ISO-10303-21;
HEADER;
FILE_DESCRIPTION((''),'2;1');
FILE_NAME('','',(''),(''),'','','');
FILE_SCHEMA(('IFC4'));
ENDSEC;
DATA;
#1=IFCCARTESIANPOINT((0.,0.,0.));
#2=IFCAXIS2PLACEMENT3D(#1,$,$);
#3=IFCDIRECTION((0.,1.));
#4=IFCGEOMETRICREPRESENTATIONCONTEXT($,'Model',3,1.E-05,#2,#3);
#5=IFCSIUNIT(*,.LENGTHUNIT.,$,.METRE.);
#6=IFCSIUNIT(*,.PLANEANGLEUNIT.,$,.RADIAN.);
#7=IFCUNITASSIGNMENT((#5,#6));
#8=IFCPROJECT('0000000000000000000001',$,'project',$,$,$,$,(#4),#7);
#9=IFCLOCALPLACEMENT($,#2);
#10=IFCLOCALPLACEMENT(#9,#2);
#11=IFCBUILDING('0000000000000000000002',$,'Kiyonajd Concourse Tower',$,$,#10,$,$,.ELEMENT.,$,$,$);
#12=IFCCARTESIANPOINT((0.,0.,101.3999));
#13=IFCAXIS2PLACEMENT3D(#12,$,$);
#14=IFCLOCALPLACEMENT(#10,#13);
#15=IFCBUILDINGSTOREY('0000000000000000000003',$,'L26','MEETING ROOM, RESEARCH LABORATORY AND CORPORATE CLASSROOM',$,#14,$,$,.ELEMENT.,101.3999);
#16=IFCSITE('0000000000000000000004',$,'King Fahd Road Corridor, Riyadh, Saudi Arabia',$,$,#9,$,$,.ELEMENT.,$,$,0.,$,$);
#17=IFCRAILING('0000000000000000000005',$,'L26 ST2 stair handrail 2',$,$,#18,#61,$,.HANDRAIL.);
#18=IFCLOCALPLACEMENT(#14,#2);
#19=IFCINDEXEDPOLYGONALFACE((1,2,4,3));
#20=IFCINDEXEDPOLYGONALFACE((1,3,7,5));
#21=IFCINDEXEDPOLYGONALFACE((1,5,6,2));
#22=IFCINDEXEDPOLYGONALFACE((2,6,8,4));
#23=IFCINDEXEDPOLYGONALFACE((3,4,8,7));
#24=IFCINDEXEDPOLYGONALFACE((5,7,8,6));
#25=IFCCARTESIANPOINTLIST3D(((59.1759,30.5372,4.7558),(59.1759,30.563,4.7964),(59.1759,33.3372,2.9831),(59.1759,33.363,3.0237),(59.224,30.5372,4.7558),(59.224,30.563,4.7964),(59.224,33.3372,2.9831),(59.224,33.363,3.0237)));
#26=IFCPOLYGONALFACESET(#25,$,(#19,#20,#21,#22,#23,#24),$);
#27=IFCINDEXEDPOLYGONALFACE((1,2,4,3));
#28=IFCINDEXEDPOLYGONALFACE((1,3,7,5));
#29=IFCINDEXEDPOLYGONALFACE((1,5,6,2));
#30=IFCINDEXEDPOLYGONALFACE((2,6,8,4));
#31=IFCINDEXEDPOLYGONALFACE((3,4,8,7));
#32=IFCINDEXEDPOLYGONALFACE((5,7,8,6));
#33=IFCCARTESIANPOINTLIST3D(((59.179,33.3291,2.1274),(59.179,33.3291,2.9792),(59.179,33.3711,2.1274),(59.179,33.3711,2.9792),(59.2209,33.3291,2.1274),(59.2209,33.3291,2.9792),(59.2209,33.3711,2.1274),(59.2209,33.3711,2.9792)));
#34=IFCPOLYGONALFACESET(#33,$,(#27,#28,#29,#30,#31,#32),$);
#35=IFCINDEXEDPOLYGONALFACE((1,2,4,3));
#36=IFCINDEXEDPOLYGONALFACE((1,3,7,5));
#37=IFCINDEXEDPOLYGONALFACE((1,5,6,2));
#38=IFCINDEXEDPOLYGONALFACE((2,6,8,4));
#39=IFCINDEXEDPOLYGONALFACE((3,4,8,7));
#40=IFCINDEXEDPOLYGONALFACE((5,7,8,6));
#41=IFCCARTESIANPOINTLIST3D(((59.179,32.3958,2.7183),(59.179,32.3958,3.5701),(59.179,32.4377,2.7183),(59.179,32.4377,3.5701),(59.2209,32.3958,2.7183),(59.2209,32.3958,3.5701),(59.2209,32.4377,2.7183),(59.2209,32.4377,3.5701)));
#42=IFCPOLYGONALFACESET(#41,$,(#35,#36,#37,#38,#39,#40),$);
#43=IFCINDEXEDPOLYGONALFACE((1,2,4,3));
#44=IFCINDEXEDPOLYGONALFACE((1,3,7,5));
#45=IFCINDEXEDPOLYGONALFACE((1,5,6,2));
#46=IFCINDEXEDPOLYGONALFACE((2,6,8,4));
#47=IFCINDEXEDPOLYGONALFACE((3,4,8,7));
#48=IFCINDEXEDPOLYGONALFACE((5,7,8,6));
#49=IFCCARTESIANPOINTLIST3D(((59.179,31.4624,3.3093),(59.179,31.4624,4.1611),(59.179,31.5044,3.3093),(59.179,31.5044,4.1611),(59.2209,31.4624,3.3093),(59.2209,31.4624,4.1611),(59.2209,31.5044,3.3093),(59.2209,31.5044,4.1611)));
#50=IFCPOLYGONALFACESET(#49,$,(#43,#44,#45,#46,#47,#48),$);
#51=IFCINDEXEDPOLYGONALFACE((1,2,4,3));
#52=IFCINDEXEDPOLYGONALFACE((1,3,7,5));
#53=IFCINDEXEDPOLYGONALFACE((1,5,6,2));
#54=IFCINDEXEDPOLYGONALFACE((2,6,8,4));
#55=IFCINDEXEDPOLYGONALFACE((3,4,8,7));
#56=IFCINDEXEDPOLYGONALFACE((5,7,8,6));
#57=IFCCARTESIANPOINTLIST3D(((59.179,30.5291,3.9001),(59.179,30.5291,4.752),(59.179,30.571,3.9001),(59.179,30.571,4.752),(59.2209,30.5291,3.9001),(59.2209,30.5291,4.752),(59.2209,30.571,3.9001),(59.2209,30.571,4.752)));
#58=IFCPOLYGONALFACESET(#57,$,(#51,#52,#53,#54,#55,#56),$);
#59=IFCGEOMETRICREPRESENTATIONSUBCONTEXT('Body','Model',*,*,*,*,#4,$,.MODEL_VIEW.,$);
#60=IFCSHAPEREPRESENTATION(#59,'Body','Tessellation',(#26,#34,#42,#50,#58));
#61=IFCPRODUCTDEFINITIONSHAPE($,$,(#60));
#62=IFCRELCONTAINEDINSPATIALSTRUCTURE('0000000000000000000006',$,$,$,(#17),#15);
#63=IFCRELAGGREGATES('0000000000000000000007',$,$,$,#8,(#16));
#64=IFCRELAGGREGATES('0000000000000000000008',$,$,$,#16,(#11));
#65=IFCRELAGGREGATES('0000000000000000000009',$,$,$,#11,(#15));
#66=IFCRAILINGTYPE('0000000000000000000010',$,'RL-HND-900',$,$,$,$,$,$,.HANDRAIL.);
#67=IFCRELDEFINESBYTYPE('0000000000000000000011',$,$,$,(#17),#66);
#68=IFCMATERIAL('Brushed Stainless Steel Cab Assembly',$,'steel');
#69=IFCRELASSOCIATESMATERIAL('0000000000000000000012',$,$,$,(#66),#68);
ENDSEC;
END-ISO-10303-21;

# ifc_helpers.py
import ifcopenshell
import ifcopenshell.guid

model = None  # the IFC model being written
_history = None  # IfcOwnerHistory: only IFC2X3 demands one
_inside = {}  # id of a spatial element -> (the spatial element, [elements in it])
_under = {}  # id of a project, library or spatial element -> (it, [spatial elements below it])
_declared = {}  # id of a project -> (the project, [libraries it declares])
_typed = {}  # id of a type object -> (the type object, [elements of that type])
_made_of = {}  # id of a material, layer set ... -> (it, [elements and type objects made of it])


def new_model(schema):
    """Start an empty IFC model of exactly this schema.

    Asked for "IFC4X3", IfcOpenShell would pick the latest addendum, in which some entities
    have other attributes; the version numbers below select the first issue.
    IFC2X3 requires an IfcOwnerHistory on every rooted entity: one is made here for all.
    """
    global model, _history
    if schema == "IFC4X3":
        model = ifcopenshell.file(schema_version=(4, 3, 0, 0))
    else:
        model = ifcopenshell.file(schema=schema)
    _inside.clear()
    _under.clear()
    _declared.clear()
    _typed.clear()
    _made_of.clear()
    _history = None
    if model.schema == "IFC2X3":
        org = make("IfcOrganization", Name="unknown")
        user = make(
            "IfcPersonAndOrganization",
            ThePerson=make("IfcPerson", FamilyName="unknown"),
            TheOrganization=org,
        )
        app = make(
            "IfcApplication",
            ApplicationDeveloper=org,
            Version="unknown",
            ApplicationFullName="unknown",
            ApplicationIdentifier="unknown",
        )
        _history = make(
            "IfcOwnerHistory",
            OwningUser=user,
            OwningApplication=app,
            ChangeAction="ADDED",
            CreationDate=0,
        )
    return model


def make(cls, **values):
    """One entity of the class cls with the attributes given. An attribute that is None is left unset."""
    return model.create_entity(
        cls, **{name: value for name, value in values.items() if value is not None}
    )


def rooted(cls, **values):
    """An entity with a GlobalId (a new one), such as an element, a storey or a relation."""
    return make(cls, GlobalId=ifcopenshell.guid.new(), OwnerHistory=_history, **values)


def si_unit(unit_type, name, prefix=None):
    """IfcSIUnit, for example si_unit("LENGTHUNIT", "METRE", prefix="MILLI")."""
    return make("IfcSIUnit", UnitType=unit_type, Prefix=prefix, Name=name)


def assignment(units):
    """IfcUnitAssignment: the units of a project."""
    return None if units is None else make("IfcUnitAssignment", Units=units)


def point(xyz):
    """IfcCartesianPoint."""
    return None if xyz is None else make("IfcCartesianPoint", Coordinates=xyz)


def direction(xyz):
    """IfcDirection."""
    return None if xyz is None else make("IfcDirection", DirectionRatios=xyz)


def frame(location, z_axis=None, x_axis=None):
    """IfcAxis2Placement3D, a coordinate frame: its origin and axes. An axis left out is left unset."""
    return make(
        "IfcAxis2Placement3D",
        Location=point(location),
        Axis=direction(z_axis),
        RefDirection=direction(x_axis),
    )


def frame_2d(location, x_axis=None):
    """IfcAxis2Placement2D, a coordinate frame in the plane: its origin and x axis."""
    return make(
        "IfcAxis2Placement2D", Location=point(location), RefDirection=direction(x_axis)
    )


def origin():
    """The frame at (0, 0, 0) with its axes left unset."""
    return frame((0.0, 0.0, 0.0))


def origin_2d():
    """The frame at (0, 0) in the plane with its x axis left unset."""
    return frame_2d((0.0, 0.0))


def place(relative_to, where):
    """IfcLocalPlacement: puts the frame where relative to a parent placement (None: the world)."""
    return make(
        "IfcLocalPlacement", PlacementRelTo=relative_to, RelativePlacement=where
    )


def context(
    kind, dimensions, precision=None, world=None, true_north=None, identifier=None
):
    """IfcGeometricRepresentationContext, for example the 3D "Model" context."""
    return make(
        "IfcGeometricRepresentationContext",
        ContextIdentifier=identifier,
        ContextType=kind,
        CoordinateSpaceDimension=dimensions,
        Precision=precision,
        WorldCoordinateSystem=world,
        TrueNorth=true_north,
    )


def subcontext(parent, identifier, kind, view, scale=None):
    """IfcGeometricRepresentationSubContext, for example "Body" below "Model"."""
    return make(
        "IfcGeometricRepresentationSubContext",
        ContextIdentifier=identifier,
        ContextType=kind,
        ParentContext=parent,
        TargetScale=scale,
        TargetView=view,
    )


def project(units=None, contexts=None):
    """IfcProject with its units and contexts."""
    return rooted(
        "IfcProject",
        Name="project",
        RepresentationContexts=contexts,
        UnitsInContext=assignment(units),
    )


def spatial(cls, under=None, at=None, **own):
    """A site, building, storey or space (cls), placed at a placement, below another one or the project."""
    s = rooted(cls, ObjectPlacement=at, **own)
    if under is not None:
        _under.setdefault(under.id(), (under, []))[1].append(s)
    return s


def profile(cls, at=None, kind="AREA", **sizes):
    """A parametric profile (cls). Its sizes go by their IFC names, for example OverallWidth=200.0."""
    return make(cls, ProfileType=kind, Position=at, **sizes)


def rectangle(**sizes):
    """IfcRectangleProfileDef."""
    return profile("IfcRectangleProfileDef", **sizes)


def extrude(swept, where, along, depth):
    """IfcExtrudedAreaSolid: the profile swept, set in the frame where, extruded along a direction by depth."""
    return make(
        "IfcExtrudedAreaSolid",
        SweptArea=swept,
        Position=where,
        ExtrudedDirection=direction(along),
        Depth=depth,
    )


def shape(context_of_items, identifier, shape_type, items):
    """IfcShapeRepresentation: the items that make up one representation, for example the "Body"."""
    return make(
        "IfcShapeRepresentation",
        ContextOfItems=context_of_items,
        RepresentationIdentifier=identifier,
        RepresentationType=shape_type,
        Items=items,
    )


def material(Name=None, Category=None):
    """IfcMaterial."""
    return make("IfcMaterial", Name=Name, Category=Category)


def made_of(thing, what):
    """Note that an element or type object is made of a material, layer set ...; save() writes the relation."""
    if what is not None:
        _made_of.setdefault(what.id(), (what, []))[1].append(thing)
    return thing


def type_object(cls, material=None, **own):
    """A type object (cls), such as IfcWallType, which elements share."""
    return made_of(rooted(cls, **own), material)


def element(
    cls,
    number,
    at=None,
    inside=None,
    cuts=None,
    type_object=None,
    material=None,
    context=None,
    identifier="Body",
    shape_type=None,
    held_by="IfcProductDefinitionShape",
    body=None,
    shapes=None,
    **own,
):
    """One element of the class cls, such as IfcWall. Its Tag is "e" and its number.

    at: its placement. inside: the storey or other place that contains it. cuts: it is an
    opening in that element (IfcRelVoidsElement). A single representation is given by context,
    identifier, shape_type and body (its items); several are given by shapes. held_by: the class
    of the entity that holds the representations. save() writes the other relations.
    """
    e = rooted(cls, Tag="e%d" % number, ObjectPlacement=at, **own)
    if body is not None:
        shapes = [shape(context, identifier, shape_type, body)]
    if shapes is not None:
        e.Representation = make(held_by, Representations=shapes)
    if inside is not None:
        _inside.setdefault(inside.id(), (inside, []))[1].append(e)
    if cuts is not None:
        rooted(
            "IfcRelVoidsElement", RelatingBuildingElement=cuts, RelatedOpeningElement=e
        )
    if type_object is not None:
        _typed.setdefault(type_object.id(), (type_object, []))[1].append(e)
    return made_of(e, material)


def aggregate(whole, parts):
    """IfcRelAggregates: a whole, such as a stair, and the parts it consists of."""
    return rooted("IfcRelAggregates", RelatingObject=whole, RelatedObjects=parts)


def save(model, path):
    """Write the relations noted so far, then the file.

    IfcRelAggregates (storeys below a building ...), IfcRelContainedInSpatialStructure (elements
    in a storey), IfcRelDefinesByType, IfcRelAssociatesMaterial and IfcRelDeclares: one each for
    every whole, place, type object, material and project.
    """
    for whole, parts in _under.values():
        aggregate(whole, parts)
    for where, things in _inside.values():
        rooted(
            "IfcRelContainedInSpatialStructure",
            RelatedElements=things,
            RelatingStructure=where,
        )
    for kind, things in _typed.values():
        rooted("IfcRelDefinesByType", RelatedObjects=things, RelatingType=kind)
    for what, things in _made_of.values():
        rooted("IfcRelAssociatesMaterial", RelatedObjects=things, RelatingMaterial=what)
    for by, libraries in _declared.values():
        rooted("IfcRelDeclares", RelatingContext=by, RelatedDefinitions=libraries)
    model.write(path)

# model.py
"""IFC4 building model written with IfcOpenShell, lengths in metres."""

from ifc_helpers import new_model, si_unit, direction, frame, origin, origin_2d, place, context, subcontext, project, spatial, rectangle, extrude, material, type_object, element, save


model = new_model("IFC4")

# Units and contexts
model_context = context("Model", 3, precision=1e-05, world=origin(), true_north=direction((0.0, 1.0)))
body_context = subcontext(model_context, "Body", "Model", "MODEL_VIEW")
ifc_project = project(units=[si_unit("LENGTHUNIT", "METRE"), si_unit("PLANEANGLEUNIT", "RADIAN")], contexts=[model_context])

# Site, building, storey
site_placement = place(None, origin())
site = spatial("IfcSite", under=ifc_project, at=site_placement, Name="King Fahd Road Corridor, Riyadh, Saudi Arabia", CompositionType="ELEMENT", RefElevation=0.0)
building_placement = place(site_placement, origin())
building = spatial("IfcBuilding", under=site, at=building_placement, Name="Kiyonajd Concourse Tower", CompositionType="ELEMENT")
storey_placement = place(building_placement, frame((0.0, 0.0, 101.3999)))
storey = spatial("IfcBuildingStorey", under=building, at=storey_placement, Name="L26", Description="MEETING ROOM, RESEARCH LABORATORY AND CORPORATE CLASSROOM", CompositionType="ELEMENT", Elevation=101.3999)

# Railing
ifc_material_1 = material(Name="Brushed Stainless Steel Cab Assembly", Category="steel")
railing_type_1 = type_object("IfcRailingType", Name="RL-HND-900", PredefinedType="HANDRAIL", material=ifc_material_1)
railing_1_placement = place(storey_placement, frame((59.2, 33.3501, 2.1274)))
element("IfcRailing", 1, at=railing_1_placement, inside=storey, type_object=railing_type_1, Name="L26 ST2 stair handrail 2", PredefinedType="HANDRAIL", context=body_context, shape_type="SweptSolid", body=[
    extrude(rectangle(XDim=0.0481, YDim=0.0481, at=origin_2d()), frame((0.0, 0.0, 0.876), z_axis=(0.0, -0.844909, 0.53491), x_axis=(1.0, 0.0, 0.0)), (0.0, 0.0, 1.0), 3.314),
    extrude(rectangle(XDim=0.042, YDim=0.042, at=origin_2d()), origin(), (0.0, 0.0, 1.0), 0.8518),
    extrude(rectangle(XDim=0.042, YDim=0.042, at=origin_2d()), frame((0.0, -0.9333, 0.5908)), (0.0, 0.0, 1.0), 0.8518),
    extrude(rectangle(XDim=0.042, YDim=0.042, at=origin_2d()), frame((0.0, -1.8667, 1.1819)), (0.0, 0.0, 1.0), 0.8518),
    extrude(rectangle(XDim=0.042, YDim=0.042, at=origin_2d()), frame((0.0, -2.8, 1.7727)), (0.0, 0.0, 1.0), 0.8518),
])

save(model, "model.ifc")
